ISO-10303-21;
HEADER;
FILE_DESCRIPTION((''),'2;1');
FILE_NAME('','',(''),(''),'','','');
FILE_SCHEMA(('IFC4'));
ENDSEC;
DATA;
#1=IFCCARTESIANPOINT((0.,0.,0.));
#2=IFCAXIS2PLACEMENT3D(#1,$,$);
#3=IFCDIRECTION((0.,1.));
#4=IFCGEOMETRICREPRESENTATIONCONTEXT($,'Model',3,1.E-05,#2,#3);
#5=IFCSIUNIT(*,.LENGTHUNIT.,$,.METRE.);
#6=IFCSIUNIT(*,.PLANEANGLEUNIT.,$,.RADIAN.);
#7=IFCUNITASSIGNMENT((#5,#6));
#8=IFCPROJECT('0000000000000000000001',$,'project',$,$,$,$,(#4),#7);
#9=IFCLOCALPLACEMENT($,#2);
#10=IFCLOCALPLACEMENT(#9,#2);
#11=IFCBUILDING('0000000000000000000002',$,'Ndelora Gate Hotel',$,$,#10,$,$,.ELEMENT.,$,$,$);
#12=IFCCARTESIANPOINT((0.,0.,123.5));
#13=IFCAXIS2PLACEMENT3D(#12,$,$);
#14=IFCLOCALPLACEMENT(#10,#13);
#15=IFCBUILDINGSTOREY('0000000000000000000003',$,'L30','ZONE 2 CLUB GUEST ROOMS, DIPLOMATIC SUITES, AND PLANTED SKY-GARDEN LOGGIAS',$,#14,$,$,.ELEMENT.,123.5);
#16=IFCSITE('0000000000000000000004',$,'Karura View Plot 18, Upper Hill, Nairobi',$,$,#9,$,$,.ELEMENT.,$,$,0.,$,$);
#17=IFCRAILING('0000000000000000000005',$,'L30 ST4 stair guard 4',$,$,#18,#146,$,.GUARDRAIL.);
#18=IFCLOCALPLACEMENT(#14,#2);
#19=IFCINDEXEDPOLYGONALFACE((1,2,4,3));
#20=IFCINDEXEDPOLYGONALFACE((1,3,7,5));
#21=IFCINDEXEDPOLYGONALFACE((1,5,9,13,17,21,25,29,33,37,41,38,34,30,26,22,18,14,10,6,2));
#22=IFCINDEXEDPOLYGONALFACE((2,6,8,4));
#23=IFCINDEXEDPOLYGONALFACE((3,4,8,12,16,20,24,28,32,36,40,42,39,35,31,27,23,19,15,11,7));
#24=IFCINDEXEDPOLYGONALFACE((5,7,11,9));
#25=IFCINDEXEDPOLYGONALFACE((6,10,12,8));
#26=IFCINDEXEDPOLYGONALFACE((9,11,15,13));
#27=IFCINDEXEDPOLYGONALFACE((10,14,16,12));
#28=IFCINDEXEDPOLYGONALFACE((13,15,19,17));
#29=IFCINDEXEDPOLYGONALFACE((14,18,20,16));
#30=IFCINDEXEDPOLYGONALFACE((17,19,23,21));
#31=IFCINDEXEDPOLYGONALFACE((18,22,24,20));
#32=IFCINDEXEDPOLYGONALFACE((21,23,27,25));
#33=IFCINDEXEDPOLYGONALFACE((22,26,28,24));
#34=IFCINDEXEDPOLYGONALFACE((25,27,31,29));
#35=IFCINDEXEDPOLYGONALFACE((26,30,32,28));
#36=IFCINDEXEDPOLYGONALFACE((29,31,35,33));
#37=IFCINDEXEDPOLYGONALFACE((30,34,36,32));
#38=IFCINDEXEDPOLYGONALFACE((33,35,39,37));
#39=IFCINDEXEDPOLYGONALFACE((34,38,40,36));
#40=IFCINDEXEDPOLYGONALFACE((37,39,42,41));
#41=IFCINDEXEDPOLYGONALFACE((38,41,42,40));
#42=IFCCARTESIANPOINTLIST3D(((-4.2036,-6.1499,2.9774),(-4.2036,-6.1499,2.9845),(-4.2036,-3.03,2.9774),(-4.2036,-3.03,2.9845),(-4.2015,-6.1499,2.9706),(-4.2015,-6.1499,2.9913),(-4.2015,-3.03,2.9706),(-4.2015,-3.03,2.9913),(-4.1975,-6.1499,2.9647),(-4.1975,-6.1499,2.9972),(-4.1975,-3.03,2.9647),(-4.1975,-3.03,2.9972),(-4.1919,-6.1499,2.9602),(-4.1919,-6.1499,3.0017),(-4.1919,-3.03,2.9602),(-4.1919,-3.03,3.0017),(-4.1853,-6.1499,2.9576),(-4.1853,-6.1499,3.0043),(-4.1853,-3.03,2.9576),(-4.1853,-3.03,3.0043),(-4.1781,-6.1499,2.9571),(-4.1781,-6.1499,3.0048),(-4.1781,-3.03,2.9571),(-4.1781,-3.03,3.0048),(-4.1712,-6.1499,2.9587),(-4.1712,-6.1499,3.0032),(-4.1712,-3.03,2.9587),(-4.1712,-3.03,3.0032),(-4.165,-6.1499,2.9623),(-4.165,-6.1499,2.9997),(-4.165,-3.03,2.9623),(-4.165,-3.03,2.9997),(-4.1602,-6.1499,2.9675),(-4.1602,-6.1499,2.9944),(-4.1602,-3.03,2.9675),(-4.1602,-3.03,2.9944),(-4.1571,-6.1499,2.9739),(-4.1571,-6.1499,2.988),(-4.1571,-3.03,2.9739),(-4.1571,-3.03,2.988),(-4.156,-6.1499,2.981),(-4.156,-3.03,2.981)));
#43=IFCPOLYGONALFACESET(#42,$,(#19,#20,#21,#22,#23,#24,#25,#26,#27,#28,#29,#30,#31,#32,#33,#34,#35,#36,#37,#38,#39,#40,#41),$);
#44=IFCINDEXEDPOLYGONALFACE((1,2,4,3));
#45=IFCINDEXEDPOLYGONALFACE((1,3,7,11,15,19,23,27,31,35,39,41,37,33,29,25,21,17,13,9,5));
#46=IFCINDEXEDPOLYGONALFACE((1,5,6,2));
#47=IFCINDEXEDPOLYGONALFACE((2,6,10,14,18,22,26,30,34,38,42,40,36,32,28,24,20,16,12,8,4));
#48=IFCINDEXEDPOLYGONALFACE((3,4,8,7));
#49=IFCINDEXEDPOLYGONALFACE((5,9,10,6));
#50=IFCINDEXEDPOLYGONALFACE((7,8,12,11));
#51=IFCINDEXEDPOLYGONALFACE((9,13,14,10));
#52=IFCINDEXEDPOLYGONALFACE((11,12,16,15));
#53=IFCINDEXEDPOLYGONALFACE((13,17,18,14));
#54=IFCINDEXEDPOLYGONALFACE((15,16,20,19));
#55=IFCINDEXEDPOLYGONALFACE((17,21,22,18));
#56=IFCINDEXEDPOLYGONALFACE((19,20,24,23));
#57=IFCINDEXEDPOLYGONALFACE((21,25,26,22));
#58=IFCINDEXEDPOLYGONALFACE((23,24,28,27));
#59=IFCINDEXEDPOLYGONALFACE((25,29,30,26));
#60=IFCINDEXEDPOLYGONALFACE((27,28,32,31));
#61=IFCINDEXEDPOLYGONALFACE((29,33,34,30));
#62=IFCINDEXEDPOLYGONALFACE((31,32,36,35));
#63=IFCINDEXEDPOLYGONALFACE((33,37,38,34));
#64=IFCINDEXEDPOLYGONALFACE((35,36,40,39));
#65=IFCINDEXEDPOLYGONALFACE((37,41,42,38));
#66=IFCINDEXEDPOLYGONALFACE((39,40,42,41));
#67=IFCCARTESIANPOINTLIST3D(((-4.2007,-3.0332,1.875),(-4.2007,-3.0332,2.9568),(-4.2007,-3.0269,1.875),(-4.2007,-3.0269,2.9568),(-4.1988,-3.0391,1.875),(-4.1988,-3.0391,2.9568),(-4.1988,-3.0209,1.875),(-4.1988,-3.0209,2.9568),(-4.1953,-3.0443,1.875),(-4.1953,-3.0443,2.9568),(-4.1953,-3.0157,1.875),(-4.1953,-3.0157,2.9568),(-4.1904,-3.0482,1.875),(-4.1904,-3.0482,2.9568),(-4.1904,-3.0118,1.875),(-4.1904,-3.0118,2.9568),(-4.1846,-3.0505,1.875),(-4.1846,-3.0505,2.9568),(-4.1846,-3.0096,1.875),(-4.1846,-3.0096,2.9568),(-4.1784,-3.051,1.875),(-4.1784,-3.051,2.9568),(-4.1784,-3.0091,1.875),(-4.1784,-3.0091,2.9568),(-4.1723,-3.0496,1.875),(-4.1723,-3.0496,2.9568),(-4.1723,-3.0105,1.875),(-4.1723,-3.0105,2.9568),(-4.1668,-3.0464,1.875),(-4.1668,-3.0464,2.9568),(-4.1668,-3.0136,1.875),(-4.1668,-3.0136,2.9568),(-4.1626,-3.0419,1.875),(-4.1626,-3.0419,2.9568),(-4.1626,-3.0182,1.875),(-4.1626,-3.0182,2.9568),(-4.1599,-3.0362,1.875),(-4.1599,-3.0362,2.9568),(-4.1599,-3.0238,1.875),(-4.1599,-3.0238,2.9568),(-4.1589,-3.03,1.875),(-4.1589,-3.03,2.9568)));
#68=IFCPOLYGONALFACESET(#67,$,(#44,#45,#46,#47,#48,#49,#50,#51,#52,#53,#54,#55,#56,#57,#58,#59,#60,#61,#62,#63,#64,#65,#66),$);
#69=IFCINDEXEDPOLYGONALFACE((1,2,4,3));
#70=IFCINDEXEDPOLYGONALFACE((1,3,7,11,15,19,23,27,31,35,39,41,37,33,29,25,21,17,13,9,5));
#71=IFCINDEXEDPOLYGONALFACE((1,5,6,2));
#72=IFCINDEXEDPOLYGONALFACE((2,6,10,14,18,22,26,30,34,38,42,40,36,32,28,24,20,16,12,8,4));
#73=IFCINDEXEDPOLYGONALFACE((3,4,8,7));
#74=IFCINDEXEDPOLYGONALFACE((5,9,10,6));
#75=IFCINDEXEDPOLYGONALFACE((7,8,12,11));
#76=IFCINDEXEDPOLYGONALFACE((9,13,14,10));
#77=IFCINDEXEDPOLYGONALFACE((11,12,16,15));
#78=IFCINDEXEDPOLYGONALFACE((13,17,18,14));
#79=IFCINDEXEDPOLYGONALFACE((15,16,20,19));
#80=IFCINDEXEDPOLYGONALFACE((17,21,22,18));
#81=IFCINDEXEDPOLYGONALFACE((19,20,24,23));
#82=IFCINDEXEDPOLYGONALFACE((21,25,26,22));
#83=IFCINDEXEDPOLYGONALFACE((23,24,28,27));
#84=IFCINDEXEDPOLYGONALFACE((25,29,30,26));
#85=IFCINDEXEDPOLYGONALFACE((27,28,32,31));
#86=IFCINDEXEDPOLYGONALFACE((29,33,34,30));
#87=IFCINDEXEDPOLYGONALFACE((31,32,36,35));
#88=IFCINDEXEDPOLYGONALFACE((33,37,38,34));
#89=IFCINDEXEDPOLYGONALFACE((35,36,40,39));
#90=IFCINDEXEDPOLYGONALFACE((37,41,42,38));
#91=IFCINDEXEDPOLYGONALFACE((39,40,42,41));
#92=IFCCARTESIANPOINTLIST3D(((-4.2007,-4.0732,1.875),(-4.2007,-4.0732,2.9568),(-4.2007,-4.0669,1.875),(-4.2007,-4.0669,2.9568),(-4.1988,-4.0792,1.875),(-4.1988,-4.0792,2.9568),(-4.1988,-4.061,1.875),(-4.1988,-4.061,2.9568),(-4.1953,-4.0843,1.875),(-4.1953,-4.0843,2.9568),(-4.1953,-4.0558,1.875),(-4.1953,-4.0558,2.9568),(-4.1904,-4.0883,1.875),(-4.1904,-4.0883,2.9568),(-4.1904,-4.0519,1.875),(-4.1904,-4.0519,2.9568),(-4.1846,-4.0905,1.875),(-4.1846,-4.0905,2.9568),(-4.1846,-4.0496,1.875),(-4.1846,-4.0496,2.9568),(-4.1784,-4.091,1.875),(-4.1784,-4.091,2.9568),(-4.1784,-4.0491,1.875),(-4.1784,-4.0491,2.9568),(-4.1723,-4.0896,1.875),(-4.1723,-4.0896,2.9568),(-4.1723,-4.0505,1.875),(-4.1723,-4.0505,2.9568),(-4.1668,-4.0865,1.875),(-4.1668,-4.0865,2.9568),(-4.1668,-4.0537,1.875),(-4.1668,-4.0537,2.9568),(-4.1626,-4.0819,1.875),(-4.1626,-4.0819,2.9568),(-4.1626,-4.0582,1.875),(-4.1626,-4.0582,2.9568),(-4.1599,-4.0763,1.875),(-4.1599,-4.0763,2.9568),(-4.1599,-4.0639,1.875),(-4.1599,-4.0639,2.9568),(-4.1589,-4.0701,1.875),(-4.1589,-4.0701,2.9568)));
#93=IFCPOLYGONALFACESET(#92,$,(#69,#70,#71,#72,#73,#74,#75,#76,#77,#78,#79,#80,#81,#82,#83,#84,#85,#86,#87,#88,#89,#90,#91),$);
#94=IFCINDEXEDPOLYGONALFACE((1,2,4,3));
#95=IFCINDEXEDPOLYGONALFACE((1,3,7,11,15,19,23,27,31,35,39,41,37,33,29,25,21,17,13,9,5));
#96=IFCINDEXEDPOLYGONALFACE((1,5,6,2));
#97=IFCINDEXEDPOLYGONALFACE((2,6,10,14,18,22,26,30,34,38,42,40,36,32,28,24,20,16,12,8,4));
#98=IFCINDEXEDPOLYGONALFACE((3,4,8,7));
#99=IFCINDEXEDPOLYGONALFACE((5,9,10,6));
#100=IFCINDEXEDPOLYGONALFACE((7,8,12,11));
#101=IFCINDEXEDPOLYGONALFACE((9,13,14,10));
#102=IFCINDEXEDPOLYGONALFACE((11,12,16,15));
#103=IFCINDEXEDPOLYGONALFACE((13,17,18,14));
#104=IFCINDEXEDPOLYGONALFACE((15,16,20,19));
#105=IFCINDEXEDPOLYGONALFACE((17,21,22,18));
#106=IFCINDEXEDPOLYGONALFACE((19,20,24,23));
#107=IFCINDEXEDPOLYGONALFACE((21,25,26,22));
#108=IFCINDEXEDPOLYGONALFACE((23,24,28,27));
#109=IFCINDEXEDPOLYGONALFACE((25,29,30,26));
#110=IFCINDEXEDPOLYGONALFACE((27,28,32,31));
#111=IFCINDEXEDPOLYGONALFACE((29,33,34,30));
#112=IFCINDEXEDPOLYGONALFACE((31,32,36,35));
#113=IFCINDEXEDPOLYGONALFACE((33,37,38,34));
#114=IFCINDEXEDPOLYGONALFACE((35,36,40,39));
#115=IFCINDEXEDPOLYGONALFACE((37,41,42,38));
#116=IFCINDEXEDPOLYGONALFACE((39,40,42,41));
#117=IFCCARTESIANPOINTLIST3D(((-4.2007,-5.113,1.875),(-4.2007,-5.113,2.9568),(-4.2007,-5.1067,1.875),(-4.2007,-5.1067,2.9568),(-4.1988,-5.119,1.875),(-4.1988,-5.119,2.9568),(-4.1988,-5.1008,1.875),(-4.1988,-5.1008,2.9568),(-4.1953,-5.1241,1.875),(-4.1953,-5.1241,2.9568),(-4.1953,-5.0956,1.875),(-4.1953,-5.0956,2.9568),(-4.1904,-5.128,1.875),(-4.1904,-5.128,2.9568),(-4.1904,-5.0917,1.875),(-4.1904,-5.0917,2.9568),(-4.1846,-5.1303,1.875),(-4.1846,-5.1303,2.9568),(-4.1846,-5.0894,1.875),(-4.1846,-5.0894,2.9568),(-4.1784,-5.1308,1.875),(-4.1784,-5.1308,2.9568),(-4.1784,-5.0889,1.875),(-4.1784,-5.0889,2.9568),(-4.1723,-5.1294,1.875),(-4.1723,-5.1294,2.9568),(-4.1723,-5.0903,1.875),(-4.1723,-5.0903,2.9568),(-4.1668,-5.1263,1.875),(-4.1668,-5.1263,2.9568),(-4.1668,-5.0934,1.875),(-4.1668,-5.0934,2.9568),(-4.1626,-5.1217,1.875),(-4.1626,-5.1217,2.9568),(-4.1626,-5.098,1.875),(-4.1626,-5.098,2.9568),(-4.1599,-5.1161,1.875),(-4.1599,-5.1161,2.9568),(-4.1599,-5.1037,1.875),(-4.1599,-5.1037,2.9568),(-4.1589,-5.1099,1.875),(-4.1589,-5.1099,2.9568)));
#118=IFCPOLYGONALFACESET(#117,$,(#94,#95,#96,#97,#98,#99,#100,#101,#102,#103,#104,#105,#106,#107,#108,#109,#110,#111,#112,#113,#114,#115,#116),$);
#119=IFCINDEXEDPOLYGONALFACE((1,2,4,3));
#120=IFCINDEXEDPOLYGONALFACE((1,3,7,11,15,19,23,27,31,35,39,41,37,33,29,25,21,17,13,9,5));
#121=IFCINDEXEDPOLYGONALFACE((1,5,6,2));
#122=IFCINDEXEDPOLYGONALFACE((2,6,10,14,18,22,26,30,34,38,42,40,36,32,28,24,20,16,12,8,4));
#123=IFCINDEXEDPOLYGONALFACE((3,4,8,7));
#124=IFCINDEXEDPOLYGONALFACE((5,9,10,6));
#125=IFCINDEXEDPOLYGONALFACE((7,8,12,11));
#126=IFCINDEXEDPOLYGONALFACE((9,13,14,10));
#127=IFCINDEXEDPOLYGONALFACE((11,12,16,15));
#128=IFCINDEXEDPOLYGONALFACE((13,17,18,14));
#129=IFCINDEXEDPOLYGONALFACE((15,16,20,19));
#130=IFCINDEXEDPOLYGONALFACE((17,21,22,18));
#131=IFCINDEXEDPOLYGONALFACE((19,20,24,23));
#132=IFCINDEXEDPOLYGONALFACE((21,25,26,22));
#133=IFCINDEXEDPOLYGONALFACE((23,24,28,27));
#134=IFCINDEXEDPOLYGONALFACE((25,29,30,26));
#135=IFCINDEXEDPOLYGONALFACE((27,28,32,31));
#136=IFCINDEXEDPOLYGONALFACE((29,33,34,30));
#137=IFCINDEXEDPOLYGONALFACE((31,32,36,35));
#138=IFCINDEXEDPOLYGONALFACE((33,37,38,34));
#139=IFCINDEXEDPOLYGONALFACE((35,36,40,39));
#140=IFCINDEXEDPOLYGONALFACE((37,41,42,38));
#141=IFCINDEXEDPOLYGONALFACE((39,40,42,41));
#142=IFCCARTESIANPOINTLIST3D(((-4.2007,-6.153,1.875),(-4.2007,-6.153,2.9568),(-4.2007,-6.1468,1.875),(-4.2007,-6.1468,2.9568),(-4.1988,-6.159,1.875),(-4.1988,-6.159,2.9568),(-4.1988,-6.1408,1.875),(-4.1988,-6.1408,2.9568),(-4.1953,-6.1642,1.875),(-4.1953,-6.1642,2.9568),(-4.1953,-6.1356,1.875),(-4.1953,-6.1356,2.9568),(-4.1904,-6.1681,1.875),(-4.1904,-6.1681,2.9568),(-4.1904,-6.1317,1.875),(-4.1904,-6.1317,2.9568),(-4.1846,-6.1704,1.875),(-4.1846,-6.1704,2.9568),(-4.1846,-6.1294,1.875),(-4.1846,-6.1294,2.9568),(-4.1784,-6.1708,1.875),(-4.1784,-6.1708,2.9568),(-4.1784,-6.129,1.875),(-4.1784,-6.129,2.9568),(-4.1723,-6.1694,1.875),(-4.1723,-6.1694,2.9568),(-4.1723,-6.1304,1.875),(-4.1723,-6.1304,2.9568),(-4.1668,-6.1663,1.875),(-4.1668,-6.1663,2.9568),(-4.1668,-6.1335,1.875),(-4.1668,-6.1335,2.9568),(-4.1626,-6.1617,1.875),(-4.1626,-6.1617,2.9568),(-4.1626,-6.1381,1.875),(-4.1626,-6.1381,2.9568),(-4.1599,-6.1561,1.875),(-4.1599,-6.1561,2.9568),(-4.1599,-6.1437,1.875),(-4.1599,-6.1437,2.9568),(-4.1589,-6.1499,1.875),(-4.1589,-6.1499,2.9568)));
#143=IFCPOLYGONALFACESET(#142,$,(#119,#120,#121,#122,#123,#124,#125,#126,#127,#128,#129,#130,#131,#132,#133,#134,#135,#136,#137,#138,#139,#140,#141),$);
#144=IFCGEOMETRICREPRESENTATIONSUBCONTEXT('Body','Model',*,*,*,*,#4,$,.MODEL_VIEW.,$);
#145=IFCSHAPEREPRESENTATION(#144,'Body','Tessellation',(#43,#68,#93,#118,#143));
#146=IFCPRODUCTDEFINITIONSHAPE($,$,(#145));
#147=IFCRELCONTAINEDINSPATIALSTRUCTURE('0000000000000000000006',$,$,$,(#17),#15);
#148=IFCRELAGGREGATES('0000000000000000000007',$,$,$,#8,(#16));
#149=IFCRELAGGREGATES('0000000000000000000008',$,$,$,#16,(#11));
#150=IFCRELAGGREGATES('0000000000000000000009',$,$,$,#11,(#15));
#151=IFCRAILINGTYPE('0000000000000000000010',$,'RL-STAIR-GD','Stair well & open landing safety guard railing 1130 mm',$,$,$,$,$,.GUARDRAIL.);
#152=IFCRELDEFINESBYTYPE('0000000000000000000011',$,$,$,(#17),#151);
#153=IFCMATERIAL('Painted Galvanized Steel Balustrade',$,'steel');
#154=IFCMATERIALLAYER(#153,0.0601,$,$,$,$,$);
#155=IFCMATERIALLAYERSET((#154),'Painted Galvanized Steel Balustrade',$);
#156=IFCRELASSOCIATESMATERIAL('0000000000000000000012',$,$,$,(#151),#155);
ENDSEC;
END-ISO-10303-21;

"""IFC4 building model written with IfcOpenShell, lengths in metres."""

from ifc_helpers import new_model, si_unit, direction, frame, origin, origin_2d, place, context, subcontext, project, spatial, circle, extrude, material, layer, layer_set, type_object, element, save


model = new_model("IFC4")

# Units and contexts
model_context = context("Model", 3, precision=1e-05, world=origin(), true_north=direction((0.0, 1.0)))
body_context = subcontext(model_context, "Body", "Model", "MODEL_VIEW")
ifc_project = project(units=[si_unit("LENGTHUNIT", "METRE"), si_unit("PLANEANGLEUNIT", "RADIAN")], contexts=[model_context])

# Site, building, storey
site_placement = place(None, origin())
site = spatial("IfcSite", under=ifc_project, at=site_placement, Name="Karura View Plot 18, Upper Hill, Nairobi", CompositionType="ELEMENT", RefElevation=0.0)
building_placement = place(site_placement, origin())
building = spatial("IfcBuilding", under=site, at=building_placement, Name="Ndelora Gate Hotel", CompositionType="ELEMENT")
storey_placement = place(building_placement, frame((0.0, 0.0, 123.5)))
storey = spatial("IfcBuildingStorey", under=building, at=storey_placement, Name="L30", Description="ZONE 2 CLUB GUEST ROOMS, DIPLOMATIC SUITES, AND PLANTED SKY-GARDEN LOGGIAS", CompositionType="ELEMENT", Elevation=123.5)

# Railing
ifc_material_1 = material(Name="Painted Galvanized Steel Balustrade", Category="steel")
ifc_layer_1 = layer(ifc_material_1, 0.0601)
ifc_layer_set_1 = layer_set([ifc_layer_1], Name="Painted Galvanized Steel Balustrade")
railing_type_1 = type_object("IfcRailingType", Name="RL-STAIR-GD", Description="Stair well & open landing safety guard railing 1130 mm", PredefinedType="GUARDRAIL", material=ifc_layer_set_1)
for number, where, name in (
    (1, (-4.1799, -3.03, 1.875), "L30 ST4 stair guard 4"),
):
    element("IfcRailing", number, at=place(storey_placement, frame(where)), inside=storey, type_object=railing_type_1, Name=name, PredefinedType="GUARDRAIL", context=body_context, shape_type="SweptSolid", body=[
        extrude(circle(Radius=0.0239, at=origin_2d()), frame((0.0, 0.0, 1.106), z_axis=(0.0, -1.0, 0.0), x_axis=(1.0, 0.0, 0.0)), (0.0, 0.0, 1.0), 3.1199),
        extrude(circle(Radius=0.021, at=origin_2d()), origin(), (0.0, 0.0, 1.0), 1.0818),
        extrude(circle(Radius=0.021, at=origin_2d()), frame((0.0, -1.04, 0.0)), (0.0, 0.0, 1.0), 1.0818),
        extrude(circle(Radius=0.021, at=origin_2d()), frame((0.0, -2.0798, 0.0)), (0.0, 0.0, 1.0), 1.0818),
        extrude(circle(Radius=0.021, at=origin_2d()), frame((0.0, -3.1199, 0.0)), (0.0, 0.0, 1.0), 1.0818),
    ])

save(model, "model.ifc")
